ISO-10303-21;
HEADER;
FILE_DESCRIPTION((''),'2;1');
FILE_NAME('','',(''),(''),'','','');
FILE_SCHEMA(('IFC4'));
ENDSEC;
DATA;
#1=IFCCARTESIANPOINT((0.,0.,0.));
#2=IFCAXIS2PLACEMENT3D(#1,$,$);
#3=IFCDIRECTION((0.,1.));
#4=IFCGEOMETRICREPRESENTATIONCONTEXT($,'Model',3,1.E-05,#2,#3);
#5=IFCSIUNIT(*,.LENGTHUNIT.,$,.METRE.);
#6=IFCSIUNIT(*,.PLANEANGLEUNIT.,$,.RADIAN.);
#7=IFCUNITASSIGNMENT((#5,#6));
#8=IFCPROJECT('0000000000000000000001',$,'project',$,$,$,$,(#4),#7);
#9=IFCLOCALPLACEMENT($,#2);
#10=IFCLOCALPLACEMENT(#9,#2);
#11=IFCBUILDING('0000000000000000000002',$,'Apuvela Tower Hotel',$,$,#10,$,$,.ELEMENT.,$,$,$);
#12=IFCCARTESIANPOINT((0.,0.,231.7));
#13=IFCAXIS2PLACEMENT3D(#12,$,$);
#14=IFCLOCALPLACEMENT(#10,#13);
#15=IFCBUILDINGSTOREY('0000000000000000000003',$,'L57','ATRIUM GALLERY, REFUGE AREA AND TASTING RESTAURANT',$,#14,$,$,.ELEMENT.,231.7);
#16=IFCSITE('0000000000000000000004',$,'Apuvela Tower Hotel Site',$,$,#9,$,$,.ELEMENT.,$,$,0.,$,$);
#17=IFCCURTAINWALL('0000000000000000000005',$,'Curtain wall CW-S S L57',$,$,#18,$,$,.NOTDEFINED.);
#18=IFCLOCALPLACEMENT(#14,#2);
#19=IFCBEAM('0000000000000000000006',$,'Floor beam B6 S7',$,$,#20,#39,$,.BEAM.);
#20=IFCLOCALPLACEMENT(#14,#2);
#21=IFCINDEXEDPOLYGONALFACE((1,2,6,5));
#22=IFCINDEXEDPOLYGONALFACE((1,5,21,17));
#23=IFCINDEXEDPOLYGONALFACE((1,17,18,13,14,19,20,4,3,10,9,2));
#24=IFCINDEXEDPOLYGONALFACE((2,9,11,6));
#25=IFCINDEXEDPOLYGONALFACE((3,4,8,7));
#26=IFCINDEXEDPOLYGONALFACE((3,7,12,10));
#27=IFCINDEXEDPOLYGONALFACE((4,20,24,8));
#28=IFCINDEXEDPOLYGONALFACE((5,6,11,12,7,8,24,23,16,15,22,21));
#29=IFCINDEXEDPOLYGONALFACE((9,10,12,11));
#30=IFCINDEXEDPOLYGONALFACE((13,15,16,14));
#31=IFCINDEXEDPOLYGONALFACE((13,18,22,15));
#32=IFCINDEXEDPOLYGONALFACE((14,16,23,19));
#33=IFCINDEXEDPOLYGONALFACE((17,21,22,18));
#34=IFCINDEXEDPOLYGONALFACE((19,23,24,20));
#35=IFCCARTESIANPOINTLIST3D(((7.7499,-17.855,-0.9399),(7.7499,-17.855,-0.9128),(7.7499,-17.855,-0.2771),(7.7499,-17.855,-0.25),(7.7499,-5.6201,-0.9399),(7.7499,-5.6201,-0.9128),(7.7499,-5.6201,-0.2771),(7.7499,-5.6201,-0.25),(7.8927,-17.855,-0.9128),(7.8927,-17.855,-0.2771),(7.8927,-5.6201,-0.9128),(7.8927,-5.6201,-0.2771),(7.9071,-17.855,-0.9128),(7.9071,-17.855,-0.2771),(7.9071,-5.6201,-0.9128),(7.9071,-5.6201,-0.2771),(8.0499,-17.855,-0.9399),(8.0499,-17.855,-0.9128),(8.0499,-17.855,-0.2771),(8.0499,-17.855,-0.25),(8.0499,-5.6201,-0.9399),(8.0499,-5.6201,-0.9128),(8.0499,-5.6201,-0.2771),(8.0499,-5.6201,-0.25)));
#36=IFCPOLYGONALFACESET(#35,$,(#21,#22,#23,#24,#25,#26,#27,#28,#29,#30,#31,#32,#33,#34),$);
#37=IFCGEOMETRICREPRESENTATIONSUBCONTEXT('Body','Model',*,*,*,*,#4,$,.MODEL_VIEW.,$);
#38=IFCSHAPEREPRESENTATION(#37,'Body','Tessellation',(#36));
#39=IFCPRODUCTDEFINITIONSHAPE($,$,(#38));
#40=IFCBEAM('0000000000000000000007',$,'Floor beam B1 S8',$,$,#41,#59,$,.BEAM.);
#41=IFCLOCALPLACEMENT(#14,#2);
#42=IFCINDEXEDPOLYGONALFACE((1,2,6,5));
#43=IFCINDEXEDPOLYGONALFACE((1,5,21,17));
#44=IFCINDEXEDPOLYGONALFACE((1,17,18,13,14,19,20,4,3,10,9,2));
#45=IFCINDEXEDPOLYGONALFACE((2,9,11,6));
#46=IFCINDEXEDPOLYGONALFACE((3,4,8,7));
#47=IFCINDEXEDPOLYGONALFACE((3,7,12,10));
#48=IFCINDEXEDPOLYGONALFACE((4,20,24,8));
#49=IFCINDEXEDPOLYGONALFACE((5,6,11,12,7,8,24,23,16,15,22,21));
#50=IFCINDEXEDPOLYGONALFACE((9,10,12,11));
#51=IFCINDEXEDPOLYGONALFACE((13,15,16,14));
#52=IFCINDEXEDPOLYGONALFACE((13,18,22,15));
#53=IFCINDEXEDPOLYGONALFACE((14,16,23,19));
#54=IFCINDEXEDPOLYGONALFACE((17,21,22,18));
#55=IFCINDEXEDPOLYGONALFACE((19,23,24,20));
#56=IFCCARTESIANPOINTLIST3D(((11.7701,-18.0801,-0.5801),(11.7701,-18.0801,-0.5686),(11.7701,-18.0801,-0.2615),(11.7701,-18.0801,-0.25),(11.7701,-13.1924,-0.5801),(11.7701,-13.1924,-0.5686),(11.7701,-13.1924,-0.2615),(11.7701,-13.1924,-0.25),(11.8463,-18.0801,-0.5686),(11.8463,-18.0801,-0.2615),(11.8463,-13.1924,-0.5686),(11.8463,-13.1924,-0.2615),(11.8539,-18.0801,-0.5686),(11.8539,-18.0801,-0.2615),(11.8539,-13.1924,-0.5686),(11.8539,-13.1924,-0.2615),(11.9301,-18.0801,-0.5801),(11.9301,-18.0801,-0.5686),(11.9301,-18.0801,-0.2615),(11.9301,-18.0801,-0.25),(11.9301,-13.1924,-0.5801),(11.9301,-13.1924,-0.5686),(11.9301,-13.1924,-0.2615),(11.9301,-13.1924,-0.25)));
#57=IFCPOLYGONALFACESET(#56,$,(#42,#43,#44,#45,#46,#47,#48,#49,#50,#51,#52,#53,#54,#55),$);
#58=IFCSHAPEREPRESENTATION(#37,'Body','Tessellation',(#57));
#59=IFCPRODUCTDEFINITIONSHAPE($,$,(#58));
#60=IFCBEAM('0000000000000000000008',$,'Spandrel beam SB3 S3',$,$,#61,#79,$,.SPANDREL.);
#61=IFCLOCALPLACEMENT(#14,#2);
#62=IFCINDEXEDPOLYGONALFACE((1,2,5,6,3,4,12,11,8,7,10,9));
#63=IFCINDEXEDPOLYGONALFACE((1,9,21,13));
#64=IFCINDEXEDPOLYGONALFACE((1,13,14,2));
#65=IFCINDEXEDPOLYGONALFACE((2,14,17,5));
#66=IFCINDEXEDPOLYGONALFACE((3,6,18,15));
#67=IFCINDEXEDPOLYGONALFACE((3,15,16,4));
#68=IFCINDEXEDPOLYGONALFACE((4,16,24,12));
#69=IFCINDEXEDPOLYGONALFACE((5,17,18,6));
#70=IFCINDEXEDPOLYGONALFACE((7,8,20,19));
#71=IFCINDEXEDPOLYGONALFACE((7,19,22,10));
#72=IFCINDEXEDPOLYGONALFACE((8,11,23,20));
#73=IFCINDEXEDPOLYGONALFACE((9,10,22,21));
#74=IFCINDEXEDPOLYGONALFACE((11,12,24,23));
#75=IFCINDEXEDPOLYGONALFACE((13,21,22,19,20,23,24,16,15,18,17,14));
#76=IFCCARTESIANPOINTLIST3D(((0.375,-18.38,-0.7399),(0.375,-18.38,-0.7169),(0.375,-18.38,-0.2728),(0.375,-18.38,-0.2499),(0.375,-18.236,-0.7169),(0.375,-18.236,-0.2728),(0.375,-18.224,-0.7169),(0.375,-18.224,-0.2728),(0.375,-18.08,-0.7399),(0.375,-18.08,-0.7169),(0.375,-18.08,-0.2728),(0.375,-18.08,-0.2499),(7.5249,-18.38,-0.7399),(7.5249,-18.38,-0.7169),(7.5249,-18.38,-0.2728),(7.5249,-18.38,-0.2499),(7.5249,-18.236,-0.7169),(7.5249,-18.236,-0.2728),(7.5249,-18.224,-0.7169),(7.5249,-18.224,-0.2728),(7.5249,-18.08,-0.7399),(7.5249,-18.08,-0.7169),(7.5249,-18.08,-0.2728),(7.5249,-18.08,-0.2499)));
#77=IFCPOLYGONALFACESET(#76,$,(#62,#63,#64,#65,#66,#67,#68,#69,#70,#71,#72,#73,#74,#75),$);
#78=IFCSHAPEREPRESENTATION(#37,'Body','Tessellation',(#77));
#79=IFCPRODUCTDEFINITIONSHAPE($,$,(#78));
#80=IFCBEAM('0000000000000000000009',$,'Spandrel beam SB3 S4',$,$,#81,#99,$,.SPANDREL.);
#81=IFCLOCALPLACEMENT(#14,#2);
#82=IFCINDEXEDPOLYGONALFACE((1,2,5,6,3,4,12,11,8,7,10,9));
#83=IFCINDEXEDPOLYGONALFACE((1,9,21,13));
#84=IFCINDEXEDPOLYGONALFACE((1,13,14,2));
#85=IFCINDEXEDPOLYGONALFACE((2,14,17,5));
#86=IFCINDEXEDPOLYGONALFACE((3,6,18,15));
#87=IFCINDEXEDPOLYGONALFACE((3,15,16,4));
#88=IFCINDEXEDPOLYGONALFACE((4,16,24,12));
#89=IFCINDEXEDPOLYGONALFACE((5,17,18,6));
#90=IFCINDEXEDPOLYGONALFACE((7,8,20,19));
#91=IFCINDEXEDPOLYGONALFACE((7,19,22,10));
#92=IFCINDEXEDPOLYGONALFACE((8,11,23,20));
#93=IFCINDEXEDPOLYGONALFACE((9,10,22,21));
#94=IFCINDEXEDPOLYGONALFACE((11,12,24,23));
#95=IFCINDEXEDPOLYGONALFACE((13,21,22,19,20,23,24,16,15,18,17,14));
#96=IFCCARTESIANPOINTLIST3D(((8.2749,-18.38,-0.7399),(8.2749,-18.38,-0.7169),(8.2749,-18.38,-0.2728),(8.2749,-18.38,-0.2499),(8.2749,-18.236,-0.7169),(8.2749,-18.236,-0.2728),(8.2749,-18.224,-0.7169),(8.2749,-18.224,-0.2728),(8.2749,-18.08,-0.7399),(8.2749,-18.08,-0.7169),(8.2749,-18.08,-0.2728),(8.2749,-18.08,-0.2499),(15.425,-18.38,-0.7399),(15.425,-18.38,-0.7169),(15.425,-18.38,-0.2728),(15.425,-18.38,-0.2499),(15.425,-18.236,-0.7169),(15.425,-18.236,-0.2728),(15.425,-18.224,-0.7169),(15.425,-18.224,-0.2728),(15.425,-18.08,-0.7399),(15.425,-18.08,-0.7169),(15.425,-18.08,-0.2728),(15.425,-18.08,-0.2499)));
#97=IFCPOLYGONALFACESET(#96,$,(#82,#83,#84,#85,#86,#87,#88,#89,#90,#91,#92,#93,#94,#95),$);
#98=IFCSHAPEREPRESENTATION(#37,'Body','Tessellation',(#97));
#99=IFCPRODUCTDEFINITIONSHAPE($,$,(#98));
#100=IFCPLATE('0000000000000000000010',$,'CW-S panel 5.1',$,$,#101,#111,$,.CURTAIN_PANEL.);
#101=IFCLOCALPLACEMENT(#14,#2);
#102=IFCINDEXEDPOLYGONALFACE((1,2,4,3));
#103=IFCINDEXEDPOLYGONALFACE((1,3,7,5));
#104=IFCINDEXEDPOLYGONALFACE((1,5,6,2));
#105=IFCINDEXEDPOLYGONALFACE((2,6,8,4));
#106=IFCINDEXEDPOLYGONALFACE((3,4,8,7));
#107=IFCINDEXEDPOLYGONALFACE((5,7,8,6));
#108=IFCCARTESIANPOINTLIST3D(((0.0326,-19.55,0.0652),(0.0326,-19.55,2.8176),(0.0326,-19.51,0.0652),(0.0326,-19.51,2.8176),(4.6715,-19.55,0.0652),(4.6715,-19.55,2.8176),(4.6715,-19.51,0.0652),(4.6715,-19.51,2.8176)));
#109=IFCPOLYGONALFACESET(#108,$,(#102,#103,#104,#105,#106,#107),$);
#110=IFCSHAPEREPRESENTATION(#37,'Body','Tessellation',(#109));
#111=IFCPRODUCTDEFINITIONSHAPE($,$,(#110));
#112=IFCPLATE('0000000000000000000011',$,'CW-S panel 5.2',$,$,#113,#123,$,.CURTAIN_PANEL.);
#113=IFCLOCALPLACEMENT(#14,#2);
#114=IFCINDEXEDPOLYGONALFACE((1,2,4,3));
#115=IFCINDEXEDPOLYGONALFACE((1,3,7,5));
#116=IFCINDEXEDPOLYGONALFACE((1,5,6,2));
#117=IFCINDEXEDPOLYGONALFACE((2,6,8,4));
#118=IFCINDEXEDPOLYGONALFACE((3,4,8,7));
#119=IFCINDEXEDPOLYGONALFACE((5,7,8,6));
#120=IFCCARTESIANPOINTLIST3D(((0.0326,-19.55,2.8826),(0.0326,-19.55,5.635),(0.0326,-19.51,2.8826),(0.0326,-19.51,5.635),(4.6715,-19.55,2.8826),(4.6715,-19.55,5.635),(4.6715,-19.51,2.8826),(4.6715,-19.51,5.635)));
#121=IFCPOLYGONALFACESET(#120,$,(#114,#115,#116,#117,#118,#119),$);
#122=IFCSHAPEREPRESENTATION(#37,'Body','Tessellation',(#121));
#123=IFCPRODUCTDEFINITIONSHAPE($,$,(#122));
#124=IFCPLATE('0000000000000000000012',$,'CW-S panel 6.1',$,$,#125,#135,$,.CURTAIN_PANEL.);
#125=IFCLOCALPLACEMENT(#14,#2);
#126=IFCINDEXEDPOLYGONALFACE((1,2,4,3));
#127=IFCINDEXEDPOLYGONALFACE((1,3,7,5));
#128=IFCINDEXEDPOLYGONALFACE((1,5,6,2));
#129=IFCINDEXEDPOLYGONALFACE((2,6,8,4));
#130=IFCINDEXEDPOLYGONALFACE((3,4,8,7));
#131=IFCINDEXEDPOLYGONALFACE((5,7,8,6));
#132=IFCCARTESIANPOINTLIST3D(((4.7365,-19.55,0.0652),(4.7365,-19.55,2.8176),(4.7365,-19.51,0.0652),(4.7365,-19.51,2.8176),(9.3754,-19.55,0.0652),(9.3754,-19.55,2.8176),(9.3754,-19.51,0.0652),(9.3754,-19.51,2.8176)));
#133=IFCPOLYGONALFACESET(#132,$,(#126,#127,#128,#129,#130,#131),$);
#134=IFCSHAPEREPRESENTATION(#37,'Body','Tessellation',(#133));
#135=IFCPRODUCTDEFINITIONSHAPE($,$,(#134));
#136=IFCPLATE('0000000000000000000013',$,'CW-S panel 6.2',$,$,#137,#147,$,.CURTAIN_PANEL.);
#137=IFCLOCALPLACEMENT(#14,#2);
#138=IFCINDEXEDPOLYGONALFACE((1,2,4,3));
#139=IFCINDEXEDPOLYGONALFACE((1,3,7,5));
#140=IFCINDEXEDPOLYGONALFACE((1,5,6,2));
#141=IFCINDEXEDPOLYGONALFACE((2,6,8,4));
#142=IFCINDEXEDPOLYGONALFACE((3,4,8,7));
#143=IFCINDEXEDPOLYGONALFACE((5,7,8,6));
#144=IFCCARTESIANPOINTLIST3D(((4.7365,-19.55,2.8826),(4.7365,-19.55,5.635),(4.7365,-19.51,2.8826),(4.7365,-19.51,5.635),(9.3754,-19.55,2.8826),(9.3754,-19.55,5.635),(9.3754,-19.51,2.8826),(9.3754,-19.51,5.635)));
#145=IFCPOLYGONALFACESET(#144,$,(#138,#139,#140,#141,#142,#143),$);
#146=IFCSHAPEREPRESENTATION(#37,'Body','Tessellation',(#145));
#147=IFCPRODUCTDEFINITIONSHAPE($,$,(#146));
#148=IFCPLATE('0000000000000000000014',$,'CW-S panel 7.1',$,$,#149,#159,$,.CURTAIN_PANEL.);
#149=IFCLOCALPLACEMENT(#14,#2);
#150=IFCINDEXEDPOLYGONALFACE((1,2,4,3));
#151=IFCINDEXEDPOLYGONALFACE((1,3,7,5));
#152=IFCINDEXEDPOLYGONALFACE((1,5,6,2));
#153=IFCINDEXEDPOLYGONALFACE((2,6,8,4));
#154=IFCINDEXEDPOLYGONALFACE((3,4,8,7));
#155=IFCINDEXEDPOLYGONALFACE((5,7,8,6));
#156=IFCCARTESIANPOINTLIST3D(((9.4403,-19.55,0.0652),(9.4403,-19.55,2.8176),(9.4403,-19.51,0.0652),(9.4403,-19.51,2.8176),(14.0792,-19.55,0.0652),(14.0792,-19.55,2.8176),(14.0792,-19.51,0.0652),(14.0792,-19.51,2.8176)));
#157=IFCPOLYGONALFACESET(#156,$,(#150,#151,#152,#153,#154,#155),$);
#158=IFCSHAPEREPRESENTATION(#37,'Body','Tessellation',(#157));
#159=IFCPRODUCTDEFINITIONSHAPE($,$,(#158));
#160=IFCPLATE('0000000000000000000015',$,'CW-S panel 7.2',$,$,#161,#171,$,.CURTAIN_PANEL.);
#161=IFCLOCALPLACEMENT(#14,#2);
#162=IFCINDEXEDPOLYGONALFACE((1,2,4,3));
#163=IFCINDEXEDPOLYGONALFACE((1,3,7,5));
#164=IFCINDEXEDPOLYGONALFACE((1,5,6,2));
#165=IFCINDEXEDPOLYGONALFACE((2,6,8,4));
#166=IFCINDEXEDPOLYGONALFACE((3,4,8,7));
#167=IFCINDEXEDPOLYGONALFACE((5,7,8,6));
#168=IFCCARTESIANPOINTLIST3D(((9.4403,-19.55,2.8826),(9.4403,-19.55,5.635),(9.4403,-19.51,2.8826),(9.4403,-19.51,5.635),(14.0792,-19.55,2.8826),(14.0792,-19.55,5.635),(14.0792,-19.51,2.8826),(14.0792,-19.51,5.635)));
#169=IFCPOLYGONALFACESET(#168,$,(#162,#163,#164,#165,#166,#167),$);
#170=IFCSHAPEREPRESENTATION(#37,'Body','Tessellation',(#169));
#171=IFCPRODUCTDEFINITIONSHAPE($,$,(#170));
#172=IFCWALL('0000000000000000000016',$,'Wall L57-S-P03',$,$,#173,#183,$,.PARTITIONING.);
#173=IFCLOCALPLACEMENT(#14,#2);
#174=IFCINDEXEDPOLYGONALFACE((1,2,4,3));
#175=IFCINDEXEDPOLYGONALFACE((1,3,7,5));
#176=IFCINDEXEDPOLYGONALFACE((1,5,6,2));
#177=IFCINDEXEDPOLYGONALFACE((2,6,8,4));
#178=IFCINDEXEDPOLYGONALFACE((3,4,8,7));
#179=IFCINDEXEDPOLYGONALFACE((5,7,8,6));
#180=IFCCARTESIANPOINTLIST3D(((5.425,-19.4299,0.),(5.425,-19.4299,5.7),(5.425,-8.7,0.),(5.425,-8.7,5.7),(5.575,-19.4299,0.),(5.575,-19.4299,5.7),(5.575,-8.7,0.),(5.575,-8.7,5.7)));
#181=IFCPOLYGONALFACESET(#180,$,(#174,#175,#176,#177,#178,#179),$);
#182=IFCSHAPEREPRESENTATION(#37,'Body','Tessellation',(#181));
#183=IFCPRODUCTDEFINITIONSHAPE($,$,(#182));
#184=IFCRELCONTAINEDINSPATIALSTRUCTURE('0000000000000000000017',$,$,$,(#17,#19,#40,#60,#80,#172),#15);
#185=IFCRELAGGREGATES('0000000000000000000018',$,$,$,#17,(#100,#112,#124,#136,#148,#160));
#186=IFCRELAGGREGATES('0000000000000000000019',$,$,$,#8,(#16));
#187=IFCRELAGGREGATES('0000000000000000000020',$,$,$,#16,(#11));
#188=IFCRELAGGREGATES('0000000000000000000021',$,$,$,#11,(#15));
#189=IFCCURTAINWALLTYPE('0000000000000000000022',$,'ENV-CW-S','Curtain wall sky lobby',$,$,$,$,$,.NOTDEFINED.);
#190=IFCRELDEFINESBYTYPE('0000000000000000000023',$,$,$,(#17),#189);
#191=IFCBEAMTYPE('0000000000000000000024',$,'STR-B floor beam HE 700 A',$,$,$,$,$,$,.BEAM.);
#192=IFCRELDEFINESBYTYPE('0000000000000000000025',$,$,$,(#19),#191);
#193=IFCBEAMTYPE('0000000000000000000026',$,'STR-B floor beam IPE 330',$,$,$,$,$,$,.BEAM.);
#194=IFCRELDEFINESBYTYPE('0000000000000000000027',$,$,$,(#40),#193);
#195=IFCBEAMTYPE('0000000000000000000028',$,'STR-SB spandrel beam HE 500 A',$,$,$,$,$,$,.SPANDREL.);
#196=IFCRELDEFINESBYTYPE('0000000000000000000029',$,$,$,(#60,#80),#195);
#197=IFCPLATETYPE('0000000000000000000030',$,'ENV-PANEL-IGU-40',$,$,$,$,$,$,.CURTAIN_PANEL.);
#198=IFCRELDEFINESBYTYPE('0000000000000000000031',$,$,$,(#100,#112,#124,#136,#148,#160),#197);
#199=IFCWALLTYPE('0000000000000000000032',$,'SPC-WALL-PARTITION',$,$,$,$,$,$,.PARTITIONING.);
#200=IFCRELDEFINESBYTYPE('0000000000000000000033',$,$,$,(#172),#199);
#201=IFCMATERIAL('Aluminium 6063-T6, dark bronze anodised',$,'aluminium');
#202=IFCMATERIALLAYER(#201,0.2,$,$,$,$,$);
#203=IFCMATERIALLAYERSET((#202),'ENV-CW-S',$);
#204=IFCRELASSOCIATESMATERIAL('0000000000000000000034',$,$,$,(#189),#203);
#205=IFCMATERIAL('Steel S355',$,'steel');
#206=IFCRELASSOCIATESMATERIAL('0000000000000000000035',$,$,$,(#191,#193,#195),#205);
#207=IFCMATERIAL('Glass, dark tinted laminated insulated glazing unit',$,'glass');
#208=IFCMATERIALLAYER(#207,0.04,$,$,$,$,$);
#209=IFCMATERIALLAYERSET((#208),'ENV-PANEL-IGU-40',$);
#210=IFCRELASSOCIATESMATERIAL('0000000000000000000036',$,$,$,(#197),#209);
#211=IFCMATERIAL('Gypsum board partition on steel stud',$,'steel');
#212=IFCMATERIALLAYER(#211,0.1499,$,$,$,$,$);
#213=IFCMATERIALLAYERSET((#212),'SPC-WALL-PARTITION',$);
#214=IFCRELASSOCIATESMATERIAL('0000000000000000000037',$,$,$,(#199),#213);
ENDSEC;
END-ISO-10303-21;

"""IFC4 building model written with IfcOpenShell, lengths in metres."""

from ifc_helpers import new_model, si_unit, direction, frame, frame_2d, origin, origin_2d, place, context, subcontext, project, spatial, rectangle, i_section, extrude, material, layer, layer_set, material_profile, profile_set, type_object, element, aggregate, save


model = new_model("IFC4")

# Units and contexts
model_context = context("Model", 3, precision=1e-05, world=origin(), true_north=direction((0.0, 1.0)))
body_context = subcontext(model_context, "Body", "Model", "MODEL_VIEW")
ifc_project = project(units=[si_unit("LENGTHUNIT", "METRE"), si_unit("PLANEANGLEUNIT", "RADIAN")], contexts=[model_context])

# Site, building, storey
site_placement = place(None, origin())
site = spatial("IfcSite", under=ifc_project, at=site_placement, Name="Apuvela Tower Hotel Site", CompositionType="ELEMENT", RefElevation=0.0)
building_placement = place(site_placement, origin())
building = spatial("IfcBuilding", under=site, at=building_placement, Name="Apuvela Tower Hotel", CompositionType="ELEMENT")
storey_placement = place(building_placement, frame((0.0, 0.0, 231.7)))
storey = spatial("IfcBuildingStorey", under=building, at=storey_placement, Name="L57", Description="ATRIUM GALLERY, REFUGE AREA AND TASTING RESTAURANT", CompositionType="ELEMENT", Elevation=231.7)

# Curtain wall
ifc_material_1 = material(Name="Aluminium 6063-T6, dark bronze anodised", Category="aluminium")
ifc_layer_1 = layer(ifc_material_1, 0.2)
ifc_layer_set_1 = layer_set([ifc_layer_1], Name="ENV-CW-S")
curtain_wall_type = type_object("IfcCurtainWallType", Name="ENV-CW-S", Description="Curtain wall sky lobby", PredefinedType="NOTDEFINED", material=ifc_layer_set_1)
curtain_wall_placement = place(storey_placement, origin())
curtain_wall = element("IfcCurtainWall", 1, at=curtain_wall_placement, inside=storey, type_object=curtain_wall_type, Name="Curtain wall CW-S S L57", PredefinedType="NOTDEFINED")

# Beams
ifc_material_2 = material(Name="Steel S355", Category="steel")
ifc_material_profile_1 = material_profile(ifc_material_2, i_section(OverallWidth=0.3, OverallDepth=0.6899, WebThickness=0.0144, FlangeThickness=0.0271, at=origin_2d()), Name="HE 700 A")
ifc_profile_set_1 = profile_set([ifc_material_profile_1], Name="Steel S355")
beam_type_1 = type_object("IfcBeamType", Name="STR-B floor beam HE 700 A", PredefinedType="BEAM", material=ifc_profile_set_1)
beam_1_placement = place(storey_placement, frame((7.8999, -17.855, -0.595), z_axis=(0.0, 1.0, 0.0), x_axis=(-1.0, 0.0, 0.0)))
element("IfcBeam", 2, at=beam_1_placement, inside=storey, type_object=beam_type_1, Name="Floor beam B6 S7", PredefinedType="BEAM", context=body_context, shape_type="SweptSolid", body=[
    extrude(i_section(OverallWidth=0.3, OverallDepth=0.6899, WebThickness=0.0144, FlangeThickness=0.0271, at=origin_2d()), origin(), (0.0, 0.0, 1.0), 12.2349),
])
ifc_material_profile_2 = material_profile(ifc_material_2, i_section(OverallWidth=0.1599, OverallDepth=0.3301, WebThickness=0.0076, FlangeThickness=0.0115, at=origin_2d()), Name="IPE 330")
ifc_profile_set_2 = profile_set([ifc_material_profile_2], Name="Steel S355")
beam_type_2 = type_object("IfcBeamType", Name="STR-B floor beam IPE 330", PredefinedType="BEAM", material=ifc_profile_set_2)
beam_2_placement = place(storey_placement, frame((11.8501, -18.0801, -0.415), z_axis=(0.0, 1.0, 0.0), x_axis=(-1.0, 0.0, 0.0)))
element("IfcBeam", 3, at=beam_2_placement, inside=storey, type_object=beam_type_2, Name="Floor beam B1 S8", PredefinedType="BEAM", context=body_context, shape_type="SweptSolid", body=[
    extrude(i_section(OverallWidth=0.1599, OverallDepth=0.3301, WebThickness=0.0076, FlangeThickness=0.0115, at=origin_2d()), origin(), (0.0, 0.0, 1.0), 4.8877),
])
ifc_material_profile_3 = material_profile(ifc_material_2, i_section(OverallWidth=0.3, OverallDepth=0.49, WebThickness=0.012, FlangeThickness=0.0229, at=origin_2d()), Name="HE 500 A")
ifc_profile_set_3 = profile_set([ifc_material_profile_3], Name="Steel S355")
beam_type_3 = type_object("IfcBeamType", Name="STR-SB spandrel beam HE 500 A", PredefinedType="SPANDREL", material=ifc_profile_set_3)
beam_3_placement = place(storey_placement, frame((0.375, -18.23, -0.4949), z_axis=(1.0, 0.0, 0.0), x_axis=(0.0, 1.0, 0.0)))
element("IfcBeam", 4, at=beam_3_placement, inside=storey, type_object=beam_type_3, Name="Spandrel beam SB3 S3", PredefinedType="SPANDREL", context=body_context, shape_type="SweptSolid", body=[
    extrude(i_section(OverallWidth=0.3, OverallDepth=0.49, WebThickness=0.012, FlangeThickness=0.0229, at=origin_2d()), origin(), (0.0, 0.0, 1.0), 7.1499),
])
beam_4_placement = place(storey_placement, frame((8.2749, -18.23, -0.4949), z_axis=(1.0, 0.0, 0.0), x_axis=(0.0, 1.0, 0.0)))
element("IfcBeam", 5, at=beam_4_placement, inside=storey, type_object=beam_type_3, Name="Spandrel beam SB3 S4", PredefinedType="SPANDREL", context=body_context, shape_type="SweptSolid", body=[
    extrude(i_section(OverallWidth=0.3, OverallDepth=0.49, WebThickness=0.012, FlangeThickness=0.0229, at=origin_2d()), origin(), (0.0, 0.0, 1.0), 7.1501),
])

# Plates
ifc_material_3 = material(Name="Glass, dark tinted laminated insulated glazing unit", Category="glass")
ifc_layer_2 = layer(ifc_material_3, 0.04)
ifc_layer_set_2 = layer_set([ifc_layer_2], Name="ENV-PANEL-IGU-40")
plate_type = type_object("IfcPlateType", Name="ENV-PANEL-IGU-40", PredefinedType="CURTAIN_PANEL", material=ifc_layer_set_2)
plate_1_placement = place(storey_placement, frame((2.3521, -19.53, 0.0652), z_axis=(0.0, 0.0, 1.0), x_axis=(1.0, 0.0, 0.0)))
plate_1 = element("IfcPlate", 6, at=plate_1_placement, type_object=plate_type, Name="CW-S panel 5.1", PredefinedType="CURTAIN_PANEL", context=body_context, shape_type="SweptSolid", body=[
    extrude(rectangle(XDim=4.6389, YDim=0.04, at=origin_2d()), origin(), (0.0, 0.0, 1.0), 2.7524),
])
plate_2_placement = place(storey_placement, frame((2.3521, -19.53, 2.8826), z_axis=(0.0, 0.0, 1.0), x_axis=(1.0, 0.0, 0.0)))
plate_2 = element("IfcPlate", 7, at=plate_2_placement, type_object=plate_type, Name="CW-S panel 5.2", PredefinedType="CURTAIN_PANEL", context=body_context, shape_type="SweptSolid", body=[
    extrude(rectangle(XDim=4.6389, YDim=0.04, at=origin_2d()), origin(), (0.0, 0.0, 1.0), 2.7524),
])
plate_3_placement = place(storey_placement, frame((7.0559, -19.53, 0.0652), z_axis=(0.0, 0.0, 1.0), x_axis=(1.0, 0.0, 0.0)))
plate_3 = element("IfcPlate", 8, at=plate_3_placement, type_object=plate_type, Name="CW-S panel 6.1", PredefinedType="CURTAIN_PANEL", context=body_context, shape_type="SweptSolid", body=[
    extrude(rectangle(XDim=4.6389, YDim=0.04, at=origin_2d()), origin(), (0.0, 0.0, 1.0), 2.7524),
])
plate_4_placement = place(storey_placement, frame((7.0559, -19.53, 2.8826), z_axis=(0.0, 0.0, 1.0), x_axis=(1.0, 0.0, 0.0)))
plate_4 = element("IfcPlate", 9, at=plate_4_placement, type_object=plate_type, Name="CW-S panel 6.2", PredefinedType="CURTAIN_PANEL", context=body_context, shape_type="SweptSolid", body=[
    extrude(rectangle(XDim=4.6389, YDim=0.04, at=origin_2d()), origin(), (0.0, 0.0, 1.0), 2.7524),
])
plate_5_placement = place(storey_placement, frame((11.7598, -19.53, 0.0652), z_axis=(0.0, 0.0, 1.0), x_axis=(1.0, 0.0, 0.0)))
plate_5 = element("IfcPlate", 10, at=plate_5_placement, type_object=plate_type, Name="CW-S panel 7.1", PredefinedType="CURTAIN_PANEL", context=body_context, shape_type="SweptSolid", body=[
    extrude(rectangle(XDim=4.6389, YDim=0.04, at=origin_2d()), origin(), (0.0, 0.0, 1.0), 2.7524),
])
plate_6_placement = place(storey_placement, frame((11.7598, -19.53, 2.8826), z_axis=(0.0, 0.0, 1.0), x_axis=(1.0, 0.0, 0.0)))
plate_6 = element("IfcPlate", 11, at=plate_6_placement, type_object=plate_type, Name="CW-S panel 7.2", PredefinedType="CURTAIN_PANEL", context=body_context, shape_type="SweptSolid", body=[
    extrude(rectangle(XDim=4.6389, YDim=0.04, at=origin_2d()), origin(), (0.0, 0.0, 1.0), 2.7524),
])
aggregate(curtain_wall, [plate_1, plate_2, plate_3, plate_4, plate_5, plate_6])

# Wall
ifc_material_4 = material(Name="Gypsum board partition on steel stud", Category="steel")
ifc_layer_3 = layer(ifc_material_4, 0.1499)
ifc_layer_set_3 = layer_set([ifc_layer_3], Name="SPC-WALL-PARTITION")
wall_type = type_object("IfcWallType", Name="SPC-WALL-PARTITION", PredefinedType="PARTITIONING", material=ifc_layer_set_3)
wall_placement = place(storey_placement, frame((5.5, -19.4299, 0.0), z_axis=(0.0, 0.0, 1.0), x_axis=(0.0, 1.0, 0.0)))
element("IfcWall", 12, at=wall_placement, inside=storey, type_object=wall_type, Name="Wall L57-S-P03", PredefinedType="PARTITIONING", context=body_context, shape_type="SweptSolid", body=[
    extrude(rectangle(XDim=10.73, YDim=0.1499, at=frame_2d((5.365, 0.0))), origin(), (0.0, 0.0, 1.0), 5.7),
])

save(model, "model.ifc")
